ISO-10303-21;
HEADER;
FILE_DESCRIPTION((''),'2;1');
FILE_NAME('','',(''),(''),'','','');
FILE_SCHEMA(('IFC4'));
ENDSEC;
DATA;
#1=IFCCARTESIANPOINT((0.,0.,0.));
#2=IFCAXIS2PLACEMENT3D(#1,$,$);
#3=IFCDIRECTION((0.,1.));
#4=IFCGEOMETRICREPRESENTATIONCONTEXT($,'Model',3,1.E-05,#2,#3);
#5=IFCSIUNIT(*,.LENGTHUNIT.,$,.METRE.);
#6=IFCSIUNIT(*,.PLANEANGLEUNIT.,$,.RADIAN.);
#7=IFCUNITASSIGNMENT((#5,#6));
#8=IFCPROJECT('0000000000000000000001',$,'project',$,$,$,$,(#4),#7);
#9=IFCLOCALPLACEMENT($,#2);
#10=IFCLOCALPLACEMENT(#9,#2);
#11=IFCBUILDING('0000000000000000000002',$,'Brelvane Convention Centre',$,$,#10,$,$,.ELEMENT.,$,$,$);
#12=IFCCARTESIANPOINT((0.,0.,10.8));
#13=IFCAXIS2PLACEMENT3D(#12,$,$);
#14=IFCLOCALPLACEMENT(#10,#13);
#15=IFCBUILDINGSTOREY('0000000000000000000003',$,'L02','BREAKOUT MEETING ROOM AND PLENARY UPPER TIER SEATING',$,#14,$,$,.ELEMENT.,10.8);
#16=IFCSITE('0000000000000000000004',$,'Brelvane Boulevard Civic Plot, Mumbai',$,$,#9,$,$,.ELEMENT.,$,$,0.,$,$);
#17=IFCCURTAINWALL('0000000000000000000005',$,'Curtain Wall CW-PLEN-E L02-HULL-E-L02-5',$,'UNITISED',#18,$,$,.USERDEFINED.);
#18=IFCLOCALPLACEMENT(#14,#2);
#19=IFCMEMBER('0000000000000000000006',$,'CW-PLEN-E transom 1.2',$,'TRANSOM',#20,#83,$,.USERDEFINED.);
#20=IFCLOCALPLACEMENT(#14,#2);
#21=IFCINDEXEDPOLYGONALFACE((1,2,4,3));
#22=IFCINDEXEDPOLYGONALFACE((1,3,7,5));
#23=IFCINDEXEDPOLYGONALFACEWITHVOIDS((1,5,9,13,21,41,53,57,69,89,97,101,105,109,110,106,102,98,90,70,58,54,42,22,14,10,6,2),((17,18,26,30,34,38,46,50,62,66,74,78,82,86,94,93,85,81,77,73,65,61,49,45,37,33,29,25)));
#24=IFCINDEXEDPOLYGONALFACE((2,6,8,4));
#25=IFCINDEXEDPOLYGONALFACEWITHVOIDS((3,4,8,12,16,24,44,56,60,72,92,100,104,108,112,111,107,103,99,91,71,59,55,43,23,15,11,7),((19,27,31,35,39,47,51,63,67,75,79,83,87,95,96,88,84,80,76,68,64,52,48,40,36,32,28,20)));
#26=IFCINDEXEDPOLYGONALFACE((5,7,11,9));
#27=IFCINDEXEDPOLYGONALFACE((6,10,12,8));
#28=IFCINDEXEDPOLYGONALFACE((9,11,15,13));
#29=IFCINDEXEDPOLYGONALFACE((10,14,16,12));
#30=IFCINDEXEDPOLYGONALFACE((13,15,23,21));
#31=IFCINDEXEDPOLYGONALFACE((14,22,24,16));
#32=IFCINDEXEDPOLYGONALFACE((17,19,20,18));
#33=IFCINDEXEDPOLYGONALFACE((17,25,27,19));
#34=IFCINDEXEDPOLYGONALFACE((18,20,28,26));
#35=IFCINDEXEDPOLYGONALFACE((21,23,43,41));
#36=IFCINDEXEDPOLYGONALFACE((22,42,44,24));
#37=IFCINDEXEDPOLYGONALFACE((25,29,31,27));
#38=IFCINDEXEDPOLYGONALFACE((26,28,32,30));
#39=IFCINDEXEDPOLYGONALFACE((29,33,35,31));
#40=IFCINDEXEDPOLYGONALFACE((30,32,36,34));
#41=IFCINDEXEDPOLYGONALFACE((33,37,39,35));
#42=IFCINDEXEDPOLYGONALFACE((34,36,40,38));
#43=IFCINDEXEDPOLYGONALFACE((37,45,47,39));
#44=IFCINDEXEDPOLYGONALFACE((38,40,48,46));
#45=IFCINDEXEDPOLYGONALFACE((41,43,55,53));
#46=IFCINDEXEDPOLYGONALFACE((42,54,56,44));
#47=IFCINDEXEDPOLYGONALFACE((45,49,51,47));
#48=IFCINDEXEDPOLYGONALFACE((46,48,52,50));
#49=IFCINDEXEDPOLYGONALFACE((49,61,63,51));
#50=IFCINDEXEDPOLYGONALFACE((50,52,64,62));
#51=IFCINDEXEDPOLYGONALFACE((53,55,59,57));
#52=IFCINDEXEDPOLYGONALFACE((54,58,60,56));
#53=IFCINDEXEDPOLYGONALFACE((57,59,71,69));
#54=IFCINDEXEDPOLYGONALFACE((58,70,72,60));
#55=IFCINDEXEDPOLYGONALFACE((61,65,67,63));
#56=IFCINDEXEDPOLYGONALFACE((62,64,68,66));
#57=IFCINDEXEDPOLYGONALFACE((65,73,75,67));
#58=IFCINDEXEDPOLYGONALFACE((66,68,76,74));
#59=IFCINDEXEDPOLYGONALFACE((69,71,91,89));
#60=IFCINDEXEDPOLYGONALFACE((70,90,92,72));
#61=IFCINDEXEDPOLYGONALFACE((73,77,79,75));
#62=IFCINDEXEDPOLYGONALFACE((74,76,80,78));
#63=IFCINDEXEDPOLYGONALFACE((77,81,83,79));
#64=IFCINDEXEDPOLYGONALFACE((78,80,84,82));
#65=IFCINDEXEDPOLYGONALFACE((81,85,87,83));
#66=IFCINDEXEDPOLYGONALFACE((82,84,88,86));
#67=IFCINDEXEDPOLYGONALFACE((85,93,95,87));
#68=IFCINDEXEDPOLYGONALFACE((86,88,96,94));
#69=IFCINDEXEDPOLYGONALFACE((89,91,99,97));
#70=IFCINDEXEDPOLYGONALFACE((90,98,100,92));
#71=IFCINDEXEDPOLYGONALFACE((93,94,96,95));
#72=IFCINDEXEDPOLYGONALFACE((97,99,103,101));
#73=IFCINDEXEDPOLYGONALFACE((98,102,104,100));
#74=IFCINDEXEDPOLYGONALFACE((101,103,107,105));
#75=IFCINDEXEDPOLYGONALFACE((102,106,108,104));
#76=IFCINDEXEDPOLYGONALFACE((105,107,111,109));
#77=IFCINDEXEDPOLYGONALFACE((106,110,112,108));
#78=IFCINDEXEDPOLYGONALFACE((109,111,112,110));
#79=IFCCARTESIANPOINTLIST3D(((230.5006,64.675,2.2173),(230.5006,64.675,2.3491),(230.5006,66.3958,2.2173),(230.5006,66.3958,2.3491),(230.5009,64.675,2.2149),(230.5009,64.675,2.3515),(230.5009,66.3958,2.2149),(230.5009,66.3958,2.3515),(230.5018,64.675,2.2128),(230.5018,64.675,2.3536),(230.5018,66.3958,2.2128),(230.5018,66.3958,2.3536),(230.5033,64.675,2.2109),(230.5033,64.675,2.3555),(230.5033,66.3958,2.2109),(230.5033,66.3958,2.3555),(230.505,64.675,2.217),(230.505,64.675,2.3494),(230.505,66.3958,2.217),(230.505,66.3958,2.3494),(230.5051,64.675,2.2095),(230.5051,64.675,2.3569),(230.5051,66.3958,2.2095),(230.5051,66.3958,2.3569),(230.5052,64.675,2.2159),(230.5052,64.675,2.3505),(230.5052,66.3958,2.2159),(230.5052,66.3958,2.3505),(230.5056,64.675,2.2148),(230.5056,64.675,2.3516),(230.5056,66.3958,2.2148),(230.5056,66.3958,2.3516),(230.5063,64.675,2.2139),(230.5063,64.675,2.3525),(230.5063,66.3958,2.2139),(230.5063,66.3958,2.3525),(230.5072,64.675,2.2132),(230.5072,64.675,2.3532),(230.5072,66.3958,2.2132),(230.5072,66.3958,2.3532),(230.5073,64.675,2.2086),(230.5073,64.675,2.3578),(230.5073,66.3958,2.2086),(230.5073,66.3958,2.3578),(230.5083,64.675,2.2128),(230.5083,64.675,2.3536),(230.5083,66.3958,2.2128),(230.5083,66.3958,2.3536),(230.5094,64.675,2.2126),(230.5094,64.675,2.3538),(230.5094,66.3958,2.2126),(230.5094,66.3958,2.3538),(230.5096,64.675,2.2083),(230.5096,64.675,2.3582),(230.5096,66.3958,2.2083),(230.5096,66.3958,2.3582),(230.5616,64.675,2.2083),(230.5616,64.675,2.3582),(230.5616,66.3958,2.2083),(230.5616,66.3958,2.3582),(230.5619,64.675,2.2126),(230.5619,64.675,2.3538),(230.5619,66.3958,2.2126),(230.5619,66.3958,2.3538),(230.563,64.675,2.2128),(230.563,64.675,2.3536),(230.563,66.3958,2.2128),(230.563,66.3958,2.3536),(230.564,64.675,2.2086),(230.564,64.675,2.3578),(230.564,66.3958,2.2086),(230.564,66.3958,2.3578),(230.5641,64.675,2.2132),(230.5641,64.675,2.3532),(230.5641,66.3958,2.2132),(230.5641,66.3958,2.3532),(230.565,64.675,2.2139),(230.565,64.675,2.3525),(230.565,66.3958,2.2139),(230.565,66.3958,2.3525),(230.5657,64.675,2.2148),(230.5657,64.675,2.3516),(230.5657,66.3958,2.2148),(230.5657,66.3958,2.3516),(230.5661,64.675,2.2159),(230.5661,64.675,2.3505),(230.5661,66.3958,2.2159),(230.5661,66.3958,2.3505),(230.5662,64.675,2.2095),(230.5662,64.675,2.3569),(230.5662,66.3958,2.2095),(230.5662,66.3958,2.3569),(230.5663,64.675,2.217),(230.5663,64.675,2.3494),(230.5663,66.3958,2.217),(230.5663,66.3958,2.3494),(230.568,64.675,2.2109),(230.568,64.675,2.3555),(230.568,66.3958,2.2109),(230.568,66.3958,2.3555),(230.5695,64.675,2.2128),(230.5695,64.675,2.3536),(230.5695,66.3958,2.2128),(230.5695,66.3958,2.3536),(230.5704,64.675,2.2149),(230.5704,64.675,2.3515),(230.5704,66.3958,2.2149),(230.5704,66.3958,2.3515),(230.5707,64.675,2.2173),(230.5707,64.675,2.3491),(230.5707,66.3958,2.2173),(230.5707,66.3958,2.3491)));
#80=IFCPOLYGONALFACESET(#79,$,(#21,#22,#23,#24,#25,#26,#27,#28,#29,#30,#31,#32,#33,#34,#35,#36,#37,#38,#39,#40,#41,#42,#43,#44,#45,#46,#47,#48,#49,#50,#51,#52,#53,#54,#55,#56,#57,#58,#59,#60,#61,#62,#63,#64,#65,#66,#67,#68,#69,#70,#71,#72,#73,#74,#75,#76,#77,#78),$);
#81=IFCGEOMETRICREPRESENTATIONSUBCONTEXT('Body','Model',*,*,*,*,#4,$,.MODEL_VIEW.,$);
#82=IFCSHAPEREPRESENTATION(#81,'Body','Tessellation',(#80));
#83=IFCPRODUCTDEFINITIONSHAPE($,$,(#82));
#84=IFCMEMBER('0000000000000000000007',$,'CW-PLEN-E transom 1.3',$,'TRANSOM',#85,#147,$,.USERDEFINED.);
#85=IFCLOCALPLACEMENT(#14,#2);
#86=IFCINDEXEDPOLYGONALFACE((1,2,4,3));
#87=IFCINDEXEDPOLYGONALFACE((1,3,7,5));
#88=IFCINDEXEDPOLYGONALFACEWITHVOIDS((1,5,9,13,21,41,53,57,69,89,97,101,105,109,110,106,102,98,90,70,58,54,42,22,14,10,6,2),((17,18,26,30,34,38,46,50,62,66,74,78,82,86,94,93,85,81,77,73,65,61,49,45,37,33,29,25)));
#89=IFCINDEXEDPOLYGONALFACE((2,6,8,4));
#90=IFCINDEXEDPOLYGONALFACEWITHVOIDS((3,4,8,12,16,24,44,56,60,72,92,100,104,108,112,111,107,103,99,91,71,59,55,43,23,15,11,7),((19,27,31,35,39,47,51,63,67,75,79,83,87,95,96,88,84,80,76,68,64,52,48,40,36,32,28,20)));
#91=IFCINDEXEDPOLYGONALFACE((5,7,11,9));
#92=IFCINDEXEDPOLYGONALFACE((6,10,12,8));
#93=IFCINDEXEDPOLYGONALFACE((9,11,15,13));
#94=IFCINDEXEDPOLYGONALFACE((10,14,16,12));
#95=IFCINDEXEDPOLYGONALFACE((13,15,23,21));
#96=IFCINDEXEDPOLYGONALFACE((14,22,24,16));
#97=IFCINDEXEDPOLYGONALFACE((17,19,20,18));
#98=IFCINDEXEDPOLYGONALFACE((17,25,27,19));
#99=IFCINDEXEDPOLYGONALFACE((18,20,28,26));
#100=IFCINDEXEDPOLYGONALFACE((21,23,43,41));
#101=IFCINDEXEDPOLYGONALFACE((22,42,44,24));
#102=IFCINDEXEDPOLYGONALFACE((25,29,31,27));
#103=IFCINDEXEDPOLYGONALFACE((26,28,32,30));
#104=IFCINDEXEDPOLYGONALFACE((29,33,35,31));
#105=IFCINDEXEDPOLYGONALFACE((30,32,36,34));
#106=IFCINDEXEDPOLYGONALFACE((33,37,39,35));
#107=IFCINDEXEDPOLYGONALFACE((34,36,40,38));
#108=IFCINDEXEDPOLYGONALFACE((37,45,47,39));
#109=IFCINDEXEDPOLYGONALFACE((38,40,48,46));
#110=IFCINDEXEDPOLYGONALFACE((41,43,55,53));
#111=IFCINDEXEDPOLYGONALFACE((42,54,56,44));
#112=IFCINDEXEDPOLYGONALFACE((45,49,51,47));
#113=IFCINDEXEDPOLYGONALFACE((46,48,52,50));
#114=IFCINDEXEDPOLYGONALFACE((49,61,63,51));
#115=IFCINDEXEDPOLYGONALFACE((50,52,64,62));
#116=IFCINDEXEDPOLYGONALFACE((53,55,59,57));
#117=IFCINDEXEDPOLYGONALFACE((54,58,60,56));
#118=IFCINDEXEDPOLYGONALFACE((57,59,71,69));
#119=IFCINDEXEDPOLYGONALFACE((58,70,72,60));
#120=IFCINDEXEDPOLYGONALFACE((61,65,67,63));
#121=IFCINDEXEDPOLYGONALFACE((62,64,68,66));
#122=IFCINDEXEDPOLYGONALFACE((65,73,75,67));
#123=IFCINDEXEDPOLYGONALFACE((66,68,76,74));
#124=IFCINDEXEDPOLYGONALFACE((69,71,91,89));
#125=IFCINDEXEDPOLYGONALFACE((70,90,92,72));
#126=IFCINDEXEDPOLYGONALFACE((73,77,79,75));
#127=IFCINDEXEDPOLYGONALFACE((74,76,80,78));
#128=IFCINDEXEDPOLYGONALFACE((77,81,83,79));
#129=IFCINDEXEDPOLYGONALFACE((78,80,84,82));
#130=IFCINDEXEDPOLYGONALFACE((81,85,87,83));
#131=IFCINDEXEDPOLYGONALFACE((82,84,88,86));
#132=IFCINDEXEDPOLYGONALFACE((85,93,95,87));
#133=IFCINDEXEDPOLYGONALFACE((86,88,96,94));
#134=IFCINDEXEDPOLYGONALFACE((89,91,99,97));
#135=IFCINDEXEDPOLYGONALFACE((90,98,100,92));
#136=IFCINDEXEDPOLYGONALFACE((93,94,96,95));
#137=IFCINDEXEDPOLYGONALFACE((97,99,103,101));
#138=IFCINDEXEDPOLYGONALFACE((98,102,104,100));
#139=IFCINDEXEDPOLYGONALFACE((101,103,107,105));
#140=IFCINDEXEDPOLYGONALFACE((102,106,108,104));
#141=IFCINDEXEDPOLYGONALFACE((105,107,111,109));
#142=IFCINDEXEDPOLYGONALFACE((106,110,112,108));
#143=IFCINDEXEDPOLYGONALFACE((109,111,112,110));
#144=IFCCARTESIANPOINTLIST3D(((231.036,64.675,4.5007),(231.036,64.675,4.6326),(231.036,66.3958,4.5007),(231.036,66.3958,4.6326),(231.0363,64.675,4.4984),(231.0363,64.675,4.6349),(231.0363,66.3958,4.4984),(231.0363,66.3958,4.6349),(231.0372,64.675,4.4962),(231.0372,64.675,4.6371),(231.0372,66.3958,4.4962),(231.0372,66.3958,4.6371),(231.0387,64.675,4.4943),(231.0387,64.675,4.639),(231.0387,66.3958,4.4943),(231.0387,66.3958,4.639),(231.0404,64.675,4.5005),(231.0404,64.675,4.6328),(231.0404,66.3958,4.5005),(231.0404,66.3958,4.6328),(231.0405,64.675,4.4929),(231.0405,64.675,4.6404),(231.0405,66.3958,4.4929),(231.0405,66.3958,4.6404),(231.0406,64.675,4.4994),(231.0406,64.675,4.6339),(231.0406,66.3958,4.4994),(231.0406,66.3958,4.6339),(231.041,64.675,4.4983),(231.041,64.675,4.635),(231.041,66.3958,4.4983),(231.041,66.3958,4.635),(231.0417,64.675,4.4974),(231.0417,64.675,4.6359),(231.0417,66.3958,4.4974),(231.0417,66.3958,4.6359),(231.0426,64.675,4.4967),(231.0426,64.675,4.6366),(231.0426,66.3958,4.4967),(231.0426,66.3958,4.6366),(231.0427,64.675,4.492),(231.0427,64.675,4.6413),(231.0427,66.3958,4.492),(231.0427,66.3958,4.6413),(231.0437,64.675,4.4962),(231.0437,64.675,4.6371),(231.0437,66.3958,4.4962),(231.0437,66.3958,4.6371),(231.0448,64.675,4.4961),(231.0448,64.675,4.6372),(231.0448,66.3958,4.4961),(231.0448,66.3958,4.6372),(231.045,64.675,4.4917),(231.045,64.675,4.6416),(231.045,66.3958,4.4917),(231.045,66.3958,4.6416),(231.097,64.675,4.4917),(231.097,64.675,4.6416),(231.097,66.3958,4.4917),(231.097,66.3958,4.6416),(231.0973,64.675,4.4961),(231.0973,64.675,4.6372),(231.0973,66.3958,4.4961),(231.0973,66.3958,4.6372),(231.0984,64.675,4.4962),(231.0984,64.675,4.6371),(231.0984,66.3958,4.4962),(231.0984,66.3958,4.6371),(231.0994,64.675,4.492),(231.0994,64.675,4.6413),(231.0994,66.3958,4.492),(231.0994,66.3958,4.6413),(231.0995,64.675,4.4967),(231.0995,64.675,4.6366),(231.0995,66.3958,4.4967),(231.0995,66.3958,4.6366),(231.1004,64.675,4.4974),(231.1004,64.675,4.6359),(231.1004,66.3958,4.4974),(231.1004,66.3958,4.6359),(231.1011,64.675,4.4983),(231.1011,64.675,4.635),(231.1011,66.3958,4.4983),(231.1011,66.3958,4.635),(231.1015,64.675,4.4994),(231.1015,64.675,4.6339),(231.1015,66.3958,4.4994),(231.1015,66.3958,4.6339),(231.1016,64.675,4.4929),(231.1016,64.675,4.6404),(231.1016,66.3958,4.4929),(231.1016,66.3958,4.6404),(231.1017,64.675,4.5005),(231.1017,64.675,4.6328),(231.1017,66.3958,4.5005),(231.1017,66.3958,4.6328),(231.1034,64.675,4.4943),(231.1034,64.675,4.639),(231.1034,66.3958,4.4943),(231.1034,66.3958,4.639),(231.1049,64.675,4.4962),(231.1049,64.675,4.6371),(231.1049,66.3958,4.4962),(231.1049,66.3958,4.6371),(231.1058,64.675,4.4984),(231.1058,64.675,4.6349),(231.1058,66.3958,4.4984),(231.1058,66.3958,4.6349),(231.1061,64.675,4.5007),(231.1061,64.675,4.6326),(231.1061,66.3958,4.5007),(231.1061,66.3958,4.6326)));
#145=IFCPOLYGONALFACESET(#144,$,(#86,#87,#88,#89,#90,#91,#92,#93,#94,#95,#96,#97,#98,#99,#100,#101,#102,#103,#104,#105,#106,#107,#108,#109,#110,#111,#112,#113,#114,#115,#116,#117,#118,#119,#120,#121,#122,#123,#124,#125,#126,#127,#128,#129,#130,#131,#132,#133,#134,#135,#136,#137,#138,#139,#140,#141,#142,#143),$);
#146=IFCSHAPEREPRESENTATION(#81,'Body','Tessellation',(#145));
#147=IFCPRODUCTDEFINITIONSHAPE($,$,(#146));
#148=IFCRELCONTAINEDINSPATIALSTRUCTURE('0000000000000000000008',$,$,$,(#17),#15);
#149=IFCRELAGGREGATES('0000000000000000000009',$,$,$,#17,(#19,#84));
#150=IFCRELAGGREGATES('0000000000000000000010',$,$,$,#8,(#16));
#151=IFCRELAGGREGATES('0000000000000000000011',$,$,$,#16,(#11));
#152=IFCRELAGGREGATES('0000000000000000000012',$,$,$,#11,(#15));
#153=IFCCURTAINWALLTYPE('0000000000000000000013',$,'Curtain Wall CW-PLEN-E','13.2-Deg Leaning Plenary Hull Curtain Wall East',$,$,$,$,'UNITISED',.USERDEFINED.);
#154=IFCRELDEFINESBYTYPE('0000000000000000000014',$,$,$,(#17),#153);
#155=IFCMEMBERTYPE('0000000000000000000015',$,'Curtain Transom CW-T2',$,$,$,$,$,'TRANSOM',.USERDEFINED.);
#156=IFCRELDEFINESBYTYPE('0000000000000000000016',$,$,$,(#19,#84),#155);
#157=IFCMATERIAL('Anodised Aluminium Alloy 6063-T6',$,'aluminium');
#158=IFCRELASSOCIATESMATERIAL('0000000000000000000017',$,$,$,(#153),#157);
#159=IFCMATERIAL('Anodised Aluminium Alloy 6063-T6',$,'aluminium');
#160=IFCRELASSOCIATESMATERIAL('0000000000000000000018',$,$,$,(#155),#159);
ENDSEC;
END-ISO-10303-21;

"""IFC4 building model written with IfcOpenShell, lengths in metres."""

from ifc_helpers import new_model, si_unit, direction, frame, origin, origin_2d, place, context, subcontext, project, spatial, hollow_rectangle, extrude, material, material_profile, profile_set, type_object, element, aggregate, save


model = new_model("IFC4")

# Units and contexts
model_context = context("Model", 3, precision=1e-05, world=origin(), true_north=direction((0.0, 1.0)))
body_context = subcontext(model_context, "Body", "Model", "MODEL_VIEW")
ifc_project = project(units=[si_unit("LENGTHUNIT", "METRE"), si_unit("PLANEANGLEUNIT", "RADIAN")], contexts=[model_context])

# Site, building, storey
site_placement = place(None, origin())
site = spatial("IfcSite", under=ifc_project, at=site_placement, Name="Brelvane Boulevard Civic Plot, Mumbai", CompositionType="ELEMENT", RefElevation=0.0)
building_placement = place(site_placement, origin())
building = spatial("IfcBuilding", under=site, at=building_placement, Name="Brelvane Convention Centre", CompositionType="ELEMENT")
storey_placement = place(building_placement, frame((0.0, 0.0, 10.8)))
storey = spatial("IfcBuildingStorey", under=building, at=storey_placement, Name="L02", Description="BREAKOUT MEETING ROOM AND PLENARY UPPER TIER SEATING", CompositionType="ELEMENT", Elevation=10.8)

# Curtain wall, members
ifc_material_1 = material(Name="Anodised Aluminium Alloy 6063-T6", Category="aluminium")
curtain_wall_type = type_object("IfcCurtainWallType", Name="Curtain Wall CW-PLEN-E", Description="13.2-Deg Leaning Plenary Hull Curtain Wall East", ElementType="UNITISED", PredefinedType="USERDEFINED", material=ifc_material_1)
ifc_material_2 = material(Name="Anodised Aluminium Alloy 6063-T6", Category="aluminium")
ifc_material_profile = material_profile(ifc_material_2, hollow_rectangle(XDim=0.0701, YDim=0.1499, WallThickness=0.0044, InnerFilletRadius=0.0044, OuterFilletRadius=0.009, at=origin_2d()), Name="ALU-T 150x70x4.5")
ifc_profile_set = profile_set([ifc_material_profile], Name="Anodised Aluminium Alloy 6063-T6")
member_type = type_object("IfcMemberType", Name="Curtain Transom CW-T2", ElementType="TRANSOM", PredefinedType="USERDEFINED", material=ifc_profile_set)
curtain_wall_1_placement = place(storey_placement, origin())
curtain_wall_1 = element("IfcCurtainWall", 1, at=curtain_wall_1_placement, inside=storey, type_object=curtain_wall_type, Name="Curtain Wall CW-PLEN-E L02-HULL-E-L02-5", ObjectType="UNITISED", PredefinedType="USERDEFINED")
member_1_placement = place(storey_placement, frame((230.5356, 64.675, 2.2832), z_axis=(0.0, 1.0, 0.0), x_axis=(-1.0, 0.0, 0.0)))
member_1 = element("IfcMember", 2, at=member_1_placement, type_object=member_type, Name="CW-PLEN-E transom 1.2", ObjectType="TRANSOM", PredefinedType="USERDEFINED", context=body_context, shape_type="SweptSolid", body=[
    extrude(hollow_rectangle(XDim=0.0701, YDim=0.1499, WallThickness=0.0044, InnerFilletRadius=0.0044, OuterFilletRadius=0.009, at=origin_2d()), origin(), (0.0, 0.0, 1.0), 1.7207),
])
member_2_placement = place(storey_placement, frame((231.071, 64.675, 4.5667), z_axis=(0.0, 1.0, 0.0), x_axis=(-1.0, 0.0, 0.0)))
member_2 = element("IfcMember", 3, at=member_2_placement, type_object=member_type, Name="CW-PLEN-E transom 1.3", ObjectType="TRANSOM", PredefinedType="USERDEFINED", context=body_context, shape_type="SweptSolid", body=[
    extrude(hollow_rectangle(XDim=0.0701, YDim=0.1499, WallThickness=0.0044, InnerFilletRadius=0.0044, OuterFilletRadius=0.009, at=origin_2d()), origin(), (0.0, 0.0, 1.0), 1.7207),
])

aggregate(curtain_wall_1, [member_1, member_2])

save(model, "model.ifc")
